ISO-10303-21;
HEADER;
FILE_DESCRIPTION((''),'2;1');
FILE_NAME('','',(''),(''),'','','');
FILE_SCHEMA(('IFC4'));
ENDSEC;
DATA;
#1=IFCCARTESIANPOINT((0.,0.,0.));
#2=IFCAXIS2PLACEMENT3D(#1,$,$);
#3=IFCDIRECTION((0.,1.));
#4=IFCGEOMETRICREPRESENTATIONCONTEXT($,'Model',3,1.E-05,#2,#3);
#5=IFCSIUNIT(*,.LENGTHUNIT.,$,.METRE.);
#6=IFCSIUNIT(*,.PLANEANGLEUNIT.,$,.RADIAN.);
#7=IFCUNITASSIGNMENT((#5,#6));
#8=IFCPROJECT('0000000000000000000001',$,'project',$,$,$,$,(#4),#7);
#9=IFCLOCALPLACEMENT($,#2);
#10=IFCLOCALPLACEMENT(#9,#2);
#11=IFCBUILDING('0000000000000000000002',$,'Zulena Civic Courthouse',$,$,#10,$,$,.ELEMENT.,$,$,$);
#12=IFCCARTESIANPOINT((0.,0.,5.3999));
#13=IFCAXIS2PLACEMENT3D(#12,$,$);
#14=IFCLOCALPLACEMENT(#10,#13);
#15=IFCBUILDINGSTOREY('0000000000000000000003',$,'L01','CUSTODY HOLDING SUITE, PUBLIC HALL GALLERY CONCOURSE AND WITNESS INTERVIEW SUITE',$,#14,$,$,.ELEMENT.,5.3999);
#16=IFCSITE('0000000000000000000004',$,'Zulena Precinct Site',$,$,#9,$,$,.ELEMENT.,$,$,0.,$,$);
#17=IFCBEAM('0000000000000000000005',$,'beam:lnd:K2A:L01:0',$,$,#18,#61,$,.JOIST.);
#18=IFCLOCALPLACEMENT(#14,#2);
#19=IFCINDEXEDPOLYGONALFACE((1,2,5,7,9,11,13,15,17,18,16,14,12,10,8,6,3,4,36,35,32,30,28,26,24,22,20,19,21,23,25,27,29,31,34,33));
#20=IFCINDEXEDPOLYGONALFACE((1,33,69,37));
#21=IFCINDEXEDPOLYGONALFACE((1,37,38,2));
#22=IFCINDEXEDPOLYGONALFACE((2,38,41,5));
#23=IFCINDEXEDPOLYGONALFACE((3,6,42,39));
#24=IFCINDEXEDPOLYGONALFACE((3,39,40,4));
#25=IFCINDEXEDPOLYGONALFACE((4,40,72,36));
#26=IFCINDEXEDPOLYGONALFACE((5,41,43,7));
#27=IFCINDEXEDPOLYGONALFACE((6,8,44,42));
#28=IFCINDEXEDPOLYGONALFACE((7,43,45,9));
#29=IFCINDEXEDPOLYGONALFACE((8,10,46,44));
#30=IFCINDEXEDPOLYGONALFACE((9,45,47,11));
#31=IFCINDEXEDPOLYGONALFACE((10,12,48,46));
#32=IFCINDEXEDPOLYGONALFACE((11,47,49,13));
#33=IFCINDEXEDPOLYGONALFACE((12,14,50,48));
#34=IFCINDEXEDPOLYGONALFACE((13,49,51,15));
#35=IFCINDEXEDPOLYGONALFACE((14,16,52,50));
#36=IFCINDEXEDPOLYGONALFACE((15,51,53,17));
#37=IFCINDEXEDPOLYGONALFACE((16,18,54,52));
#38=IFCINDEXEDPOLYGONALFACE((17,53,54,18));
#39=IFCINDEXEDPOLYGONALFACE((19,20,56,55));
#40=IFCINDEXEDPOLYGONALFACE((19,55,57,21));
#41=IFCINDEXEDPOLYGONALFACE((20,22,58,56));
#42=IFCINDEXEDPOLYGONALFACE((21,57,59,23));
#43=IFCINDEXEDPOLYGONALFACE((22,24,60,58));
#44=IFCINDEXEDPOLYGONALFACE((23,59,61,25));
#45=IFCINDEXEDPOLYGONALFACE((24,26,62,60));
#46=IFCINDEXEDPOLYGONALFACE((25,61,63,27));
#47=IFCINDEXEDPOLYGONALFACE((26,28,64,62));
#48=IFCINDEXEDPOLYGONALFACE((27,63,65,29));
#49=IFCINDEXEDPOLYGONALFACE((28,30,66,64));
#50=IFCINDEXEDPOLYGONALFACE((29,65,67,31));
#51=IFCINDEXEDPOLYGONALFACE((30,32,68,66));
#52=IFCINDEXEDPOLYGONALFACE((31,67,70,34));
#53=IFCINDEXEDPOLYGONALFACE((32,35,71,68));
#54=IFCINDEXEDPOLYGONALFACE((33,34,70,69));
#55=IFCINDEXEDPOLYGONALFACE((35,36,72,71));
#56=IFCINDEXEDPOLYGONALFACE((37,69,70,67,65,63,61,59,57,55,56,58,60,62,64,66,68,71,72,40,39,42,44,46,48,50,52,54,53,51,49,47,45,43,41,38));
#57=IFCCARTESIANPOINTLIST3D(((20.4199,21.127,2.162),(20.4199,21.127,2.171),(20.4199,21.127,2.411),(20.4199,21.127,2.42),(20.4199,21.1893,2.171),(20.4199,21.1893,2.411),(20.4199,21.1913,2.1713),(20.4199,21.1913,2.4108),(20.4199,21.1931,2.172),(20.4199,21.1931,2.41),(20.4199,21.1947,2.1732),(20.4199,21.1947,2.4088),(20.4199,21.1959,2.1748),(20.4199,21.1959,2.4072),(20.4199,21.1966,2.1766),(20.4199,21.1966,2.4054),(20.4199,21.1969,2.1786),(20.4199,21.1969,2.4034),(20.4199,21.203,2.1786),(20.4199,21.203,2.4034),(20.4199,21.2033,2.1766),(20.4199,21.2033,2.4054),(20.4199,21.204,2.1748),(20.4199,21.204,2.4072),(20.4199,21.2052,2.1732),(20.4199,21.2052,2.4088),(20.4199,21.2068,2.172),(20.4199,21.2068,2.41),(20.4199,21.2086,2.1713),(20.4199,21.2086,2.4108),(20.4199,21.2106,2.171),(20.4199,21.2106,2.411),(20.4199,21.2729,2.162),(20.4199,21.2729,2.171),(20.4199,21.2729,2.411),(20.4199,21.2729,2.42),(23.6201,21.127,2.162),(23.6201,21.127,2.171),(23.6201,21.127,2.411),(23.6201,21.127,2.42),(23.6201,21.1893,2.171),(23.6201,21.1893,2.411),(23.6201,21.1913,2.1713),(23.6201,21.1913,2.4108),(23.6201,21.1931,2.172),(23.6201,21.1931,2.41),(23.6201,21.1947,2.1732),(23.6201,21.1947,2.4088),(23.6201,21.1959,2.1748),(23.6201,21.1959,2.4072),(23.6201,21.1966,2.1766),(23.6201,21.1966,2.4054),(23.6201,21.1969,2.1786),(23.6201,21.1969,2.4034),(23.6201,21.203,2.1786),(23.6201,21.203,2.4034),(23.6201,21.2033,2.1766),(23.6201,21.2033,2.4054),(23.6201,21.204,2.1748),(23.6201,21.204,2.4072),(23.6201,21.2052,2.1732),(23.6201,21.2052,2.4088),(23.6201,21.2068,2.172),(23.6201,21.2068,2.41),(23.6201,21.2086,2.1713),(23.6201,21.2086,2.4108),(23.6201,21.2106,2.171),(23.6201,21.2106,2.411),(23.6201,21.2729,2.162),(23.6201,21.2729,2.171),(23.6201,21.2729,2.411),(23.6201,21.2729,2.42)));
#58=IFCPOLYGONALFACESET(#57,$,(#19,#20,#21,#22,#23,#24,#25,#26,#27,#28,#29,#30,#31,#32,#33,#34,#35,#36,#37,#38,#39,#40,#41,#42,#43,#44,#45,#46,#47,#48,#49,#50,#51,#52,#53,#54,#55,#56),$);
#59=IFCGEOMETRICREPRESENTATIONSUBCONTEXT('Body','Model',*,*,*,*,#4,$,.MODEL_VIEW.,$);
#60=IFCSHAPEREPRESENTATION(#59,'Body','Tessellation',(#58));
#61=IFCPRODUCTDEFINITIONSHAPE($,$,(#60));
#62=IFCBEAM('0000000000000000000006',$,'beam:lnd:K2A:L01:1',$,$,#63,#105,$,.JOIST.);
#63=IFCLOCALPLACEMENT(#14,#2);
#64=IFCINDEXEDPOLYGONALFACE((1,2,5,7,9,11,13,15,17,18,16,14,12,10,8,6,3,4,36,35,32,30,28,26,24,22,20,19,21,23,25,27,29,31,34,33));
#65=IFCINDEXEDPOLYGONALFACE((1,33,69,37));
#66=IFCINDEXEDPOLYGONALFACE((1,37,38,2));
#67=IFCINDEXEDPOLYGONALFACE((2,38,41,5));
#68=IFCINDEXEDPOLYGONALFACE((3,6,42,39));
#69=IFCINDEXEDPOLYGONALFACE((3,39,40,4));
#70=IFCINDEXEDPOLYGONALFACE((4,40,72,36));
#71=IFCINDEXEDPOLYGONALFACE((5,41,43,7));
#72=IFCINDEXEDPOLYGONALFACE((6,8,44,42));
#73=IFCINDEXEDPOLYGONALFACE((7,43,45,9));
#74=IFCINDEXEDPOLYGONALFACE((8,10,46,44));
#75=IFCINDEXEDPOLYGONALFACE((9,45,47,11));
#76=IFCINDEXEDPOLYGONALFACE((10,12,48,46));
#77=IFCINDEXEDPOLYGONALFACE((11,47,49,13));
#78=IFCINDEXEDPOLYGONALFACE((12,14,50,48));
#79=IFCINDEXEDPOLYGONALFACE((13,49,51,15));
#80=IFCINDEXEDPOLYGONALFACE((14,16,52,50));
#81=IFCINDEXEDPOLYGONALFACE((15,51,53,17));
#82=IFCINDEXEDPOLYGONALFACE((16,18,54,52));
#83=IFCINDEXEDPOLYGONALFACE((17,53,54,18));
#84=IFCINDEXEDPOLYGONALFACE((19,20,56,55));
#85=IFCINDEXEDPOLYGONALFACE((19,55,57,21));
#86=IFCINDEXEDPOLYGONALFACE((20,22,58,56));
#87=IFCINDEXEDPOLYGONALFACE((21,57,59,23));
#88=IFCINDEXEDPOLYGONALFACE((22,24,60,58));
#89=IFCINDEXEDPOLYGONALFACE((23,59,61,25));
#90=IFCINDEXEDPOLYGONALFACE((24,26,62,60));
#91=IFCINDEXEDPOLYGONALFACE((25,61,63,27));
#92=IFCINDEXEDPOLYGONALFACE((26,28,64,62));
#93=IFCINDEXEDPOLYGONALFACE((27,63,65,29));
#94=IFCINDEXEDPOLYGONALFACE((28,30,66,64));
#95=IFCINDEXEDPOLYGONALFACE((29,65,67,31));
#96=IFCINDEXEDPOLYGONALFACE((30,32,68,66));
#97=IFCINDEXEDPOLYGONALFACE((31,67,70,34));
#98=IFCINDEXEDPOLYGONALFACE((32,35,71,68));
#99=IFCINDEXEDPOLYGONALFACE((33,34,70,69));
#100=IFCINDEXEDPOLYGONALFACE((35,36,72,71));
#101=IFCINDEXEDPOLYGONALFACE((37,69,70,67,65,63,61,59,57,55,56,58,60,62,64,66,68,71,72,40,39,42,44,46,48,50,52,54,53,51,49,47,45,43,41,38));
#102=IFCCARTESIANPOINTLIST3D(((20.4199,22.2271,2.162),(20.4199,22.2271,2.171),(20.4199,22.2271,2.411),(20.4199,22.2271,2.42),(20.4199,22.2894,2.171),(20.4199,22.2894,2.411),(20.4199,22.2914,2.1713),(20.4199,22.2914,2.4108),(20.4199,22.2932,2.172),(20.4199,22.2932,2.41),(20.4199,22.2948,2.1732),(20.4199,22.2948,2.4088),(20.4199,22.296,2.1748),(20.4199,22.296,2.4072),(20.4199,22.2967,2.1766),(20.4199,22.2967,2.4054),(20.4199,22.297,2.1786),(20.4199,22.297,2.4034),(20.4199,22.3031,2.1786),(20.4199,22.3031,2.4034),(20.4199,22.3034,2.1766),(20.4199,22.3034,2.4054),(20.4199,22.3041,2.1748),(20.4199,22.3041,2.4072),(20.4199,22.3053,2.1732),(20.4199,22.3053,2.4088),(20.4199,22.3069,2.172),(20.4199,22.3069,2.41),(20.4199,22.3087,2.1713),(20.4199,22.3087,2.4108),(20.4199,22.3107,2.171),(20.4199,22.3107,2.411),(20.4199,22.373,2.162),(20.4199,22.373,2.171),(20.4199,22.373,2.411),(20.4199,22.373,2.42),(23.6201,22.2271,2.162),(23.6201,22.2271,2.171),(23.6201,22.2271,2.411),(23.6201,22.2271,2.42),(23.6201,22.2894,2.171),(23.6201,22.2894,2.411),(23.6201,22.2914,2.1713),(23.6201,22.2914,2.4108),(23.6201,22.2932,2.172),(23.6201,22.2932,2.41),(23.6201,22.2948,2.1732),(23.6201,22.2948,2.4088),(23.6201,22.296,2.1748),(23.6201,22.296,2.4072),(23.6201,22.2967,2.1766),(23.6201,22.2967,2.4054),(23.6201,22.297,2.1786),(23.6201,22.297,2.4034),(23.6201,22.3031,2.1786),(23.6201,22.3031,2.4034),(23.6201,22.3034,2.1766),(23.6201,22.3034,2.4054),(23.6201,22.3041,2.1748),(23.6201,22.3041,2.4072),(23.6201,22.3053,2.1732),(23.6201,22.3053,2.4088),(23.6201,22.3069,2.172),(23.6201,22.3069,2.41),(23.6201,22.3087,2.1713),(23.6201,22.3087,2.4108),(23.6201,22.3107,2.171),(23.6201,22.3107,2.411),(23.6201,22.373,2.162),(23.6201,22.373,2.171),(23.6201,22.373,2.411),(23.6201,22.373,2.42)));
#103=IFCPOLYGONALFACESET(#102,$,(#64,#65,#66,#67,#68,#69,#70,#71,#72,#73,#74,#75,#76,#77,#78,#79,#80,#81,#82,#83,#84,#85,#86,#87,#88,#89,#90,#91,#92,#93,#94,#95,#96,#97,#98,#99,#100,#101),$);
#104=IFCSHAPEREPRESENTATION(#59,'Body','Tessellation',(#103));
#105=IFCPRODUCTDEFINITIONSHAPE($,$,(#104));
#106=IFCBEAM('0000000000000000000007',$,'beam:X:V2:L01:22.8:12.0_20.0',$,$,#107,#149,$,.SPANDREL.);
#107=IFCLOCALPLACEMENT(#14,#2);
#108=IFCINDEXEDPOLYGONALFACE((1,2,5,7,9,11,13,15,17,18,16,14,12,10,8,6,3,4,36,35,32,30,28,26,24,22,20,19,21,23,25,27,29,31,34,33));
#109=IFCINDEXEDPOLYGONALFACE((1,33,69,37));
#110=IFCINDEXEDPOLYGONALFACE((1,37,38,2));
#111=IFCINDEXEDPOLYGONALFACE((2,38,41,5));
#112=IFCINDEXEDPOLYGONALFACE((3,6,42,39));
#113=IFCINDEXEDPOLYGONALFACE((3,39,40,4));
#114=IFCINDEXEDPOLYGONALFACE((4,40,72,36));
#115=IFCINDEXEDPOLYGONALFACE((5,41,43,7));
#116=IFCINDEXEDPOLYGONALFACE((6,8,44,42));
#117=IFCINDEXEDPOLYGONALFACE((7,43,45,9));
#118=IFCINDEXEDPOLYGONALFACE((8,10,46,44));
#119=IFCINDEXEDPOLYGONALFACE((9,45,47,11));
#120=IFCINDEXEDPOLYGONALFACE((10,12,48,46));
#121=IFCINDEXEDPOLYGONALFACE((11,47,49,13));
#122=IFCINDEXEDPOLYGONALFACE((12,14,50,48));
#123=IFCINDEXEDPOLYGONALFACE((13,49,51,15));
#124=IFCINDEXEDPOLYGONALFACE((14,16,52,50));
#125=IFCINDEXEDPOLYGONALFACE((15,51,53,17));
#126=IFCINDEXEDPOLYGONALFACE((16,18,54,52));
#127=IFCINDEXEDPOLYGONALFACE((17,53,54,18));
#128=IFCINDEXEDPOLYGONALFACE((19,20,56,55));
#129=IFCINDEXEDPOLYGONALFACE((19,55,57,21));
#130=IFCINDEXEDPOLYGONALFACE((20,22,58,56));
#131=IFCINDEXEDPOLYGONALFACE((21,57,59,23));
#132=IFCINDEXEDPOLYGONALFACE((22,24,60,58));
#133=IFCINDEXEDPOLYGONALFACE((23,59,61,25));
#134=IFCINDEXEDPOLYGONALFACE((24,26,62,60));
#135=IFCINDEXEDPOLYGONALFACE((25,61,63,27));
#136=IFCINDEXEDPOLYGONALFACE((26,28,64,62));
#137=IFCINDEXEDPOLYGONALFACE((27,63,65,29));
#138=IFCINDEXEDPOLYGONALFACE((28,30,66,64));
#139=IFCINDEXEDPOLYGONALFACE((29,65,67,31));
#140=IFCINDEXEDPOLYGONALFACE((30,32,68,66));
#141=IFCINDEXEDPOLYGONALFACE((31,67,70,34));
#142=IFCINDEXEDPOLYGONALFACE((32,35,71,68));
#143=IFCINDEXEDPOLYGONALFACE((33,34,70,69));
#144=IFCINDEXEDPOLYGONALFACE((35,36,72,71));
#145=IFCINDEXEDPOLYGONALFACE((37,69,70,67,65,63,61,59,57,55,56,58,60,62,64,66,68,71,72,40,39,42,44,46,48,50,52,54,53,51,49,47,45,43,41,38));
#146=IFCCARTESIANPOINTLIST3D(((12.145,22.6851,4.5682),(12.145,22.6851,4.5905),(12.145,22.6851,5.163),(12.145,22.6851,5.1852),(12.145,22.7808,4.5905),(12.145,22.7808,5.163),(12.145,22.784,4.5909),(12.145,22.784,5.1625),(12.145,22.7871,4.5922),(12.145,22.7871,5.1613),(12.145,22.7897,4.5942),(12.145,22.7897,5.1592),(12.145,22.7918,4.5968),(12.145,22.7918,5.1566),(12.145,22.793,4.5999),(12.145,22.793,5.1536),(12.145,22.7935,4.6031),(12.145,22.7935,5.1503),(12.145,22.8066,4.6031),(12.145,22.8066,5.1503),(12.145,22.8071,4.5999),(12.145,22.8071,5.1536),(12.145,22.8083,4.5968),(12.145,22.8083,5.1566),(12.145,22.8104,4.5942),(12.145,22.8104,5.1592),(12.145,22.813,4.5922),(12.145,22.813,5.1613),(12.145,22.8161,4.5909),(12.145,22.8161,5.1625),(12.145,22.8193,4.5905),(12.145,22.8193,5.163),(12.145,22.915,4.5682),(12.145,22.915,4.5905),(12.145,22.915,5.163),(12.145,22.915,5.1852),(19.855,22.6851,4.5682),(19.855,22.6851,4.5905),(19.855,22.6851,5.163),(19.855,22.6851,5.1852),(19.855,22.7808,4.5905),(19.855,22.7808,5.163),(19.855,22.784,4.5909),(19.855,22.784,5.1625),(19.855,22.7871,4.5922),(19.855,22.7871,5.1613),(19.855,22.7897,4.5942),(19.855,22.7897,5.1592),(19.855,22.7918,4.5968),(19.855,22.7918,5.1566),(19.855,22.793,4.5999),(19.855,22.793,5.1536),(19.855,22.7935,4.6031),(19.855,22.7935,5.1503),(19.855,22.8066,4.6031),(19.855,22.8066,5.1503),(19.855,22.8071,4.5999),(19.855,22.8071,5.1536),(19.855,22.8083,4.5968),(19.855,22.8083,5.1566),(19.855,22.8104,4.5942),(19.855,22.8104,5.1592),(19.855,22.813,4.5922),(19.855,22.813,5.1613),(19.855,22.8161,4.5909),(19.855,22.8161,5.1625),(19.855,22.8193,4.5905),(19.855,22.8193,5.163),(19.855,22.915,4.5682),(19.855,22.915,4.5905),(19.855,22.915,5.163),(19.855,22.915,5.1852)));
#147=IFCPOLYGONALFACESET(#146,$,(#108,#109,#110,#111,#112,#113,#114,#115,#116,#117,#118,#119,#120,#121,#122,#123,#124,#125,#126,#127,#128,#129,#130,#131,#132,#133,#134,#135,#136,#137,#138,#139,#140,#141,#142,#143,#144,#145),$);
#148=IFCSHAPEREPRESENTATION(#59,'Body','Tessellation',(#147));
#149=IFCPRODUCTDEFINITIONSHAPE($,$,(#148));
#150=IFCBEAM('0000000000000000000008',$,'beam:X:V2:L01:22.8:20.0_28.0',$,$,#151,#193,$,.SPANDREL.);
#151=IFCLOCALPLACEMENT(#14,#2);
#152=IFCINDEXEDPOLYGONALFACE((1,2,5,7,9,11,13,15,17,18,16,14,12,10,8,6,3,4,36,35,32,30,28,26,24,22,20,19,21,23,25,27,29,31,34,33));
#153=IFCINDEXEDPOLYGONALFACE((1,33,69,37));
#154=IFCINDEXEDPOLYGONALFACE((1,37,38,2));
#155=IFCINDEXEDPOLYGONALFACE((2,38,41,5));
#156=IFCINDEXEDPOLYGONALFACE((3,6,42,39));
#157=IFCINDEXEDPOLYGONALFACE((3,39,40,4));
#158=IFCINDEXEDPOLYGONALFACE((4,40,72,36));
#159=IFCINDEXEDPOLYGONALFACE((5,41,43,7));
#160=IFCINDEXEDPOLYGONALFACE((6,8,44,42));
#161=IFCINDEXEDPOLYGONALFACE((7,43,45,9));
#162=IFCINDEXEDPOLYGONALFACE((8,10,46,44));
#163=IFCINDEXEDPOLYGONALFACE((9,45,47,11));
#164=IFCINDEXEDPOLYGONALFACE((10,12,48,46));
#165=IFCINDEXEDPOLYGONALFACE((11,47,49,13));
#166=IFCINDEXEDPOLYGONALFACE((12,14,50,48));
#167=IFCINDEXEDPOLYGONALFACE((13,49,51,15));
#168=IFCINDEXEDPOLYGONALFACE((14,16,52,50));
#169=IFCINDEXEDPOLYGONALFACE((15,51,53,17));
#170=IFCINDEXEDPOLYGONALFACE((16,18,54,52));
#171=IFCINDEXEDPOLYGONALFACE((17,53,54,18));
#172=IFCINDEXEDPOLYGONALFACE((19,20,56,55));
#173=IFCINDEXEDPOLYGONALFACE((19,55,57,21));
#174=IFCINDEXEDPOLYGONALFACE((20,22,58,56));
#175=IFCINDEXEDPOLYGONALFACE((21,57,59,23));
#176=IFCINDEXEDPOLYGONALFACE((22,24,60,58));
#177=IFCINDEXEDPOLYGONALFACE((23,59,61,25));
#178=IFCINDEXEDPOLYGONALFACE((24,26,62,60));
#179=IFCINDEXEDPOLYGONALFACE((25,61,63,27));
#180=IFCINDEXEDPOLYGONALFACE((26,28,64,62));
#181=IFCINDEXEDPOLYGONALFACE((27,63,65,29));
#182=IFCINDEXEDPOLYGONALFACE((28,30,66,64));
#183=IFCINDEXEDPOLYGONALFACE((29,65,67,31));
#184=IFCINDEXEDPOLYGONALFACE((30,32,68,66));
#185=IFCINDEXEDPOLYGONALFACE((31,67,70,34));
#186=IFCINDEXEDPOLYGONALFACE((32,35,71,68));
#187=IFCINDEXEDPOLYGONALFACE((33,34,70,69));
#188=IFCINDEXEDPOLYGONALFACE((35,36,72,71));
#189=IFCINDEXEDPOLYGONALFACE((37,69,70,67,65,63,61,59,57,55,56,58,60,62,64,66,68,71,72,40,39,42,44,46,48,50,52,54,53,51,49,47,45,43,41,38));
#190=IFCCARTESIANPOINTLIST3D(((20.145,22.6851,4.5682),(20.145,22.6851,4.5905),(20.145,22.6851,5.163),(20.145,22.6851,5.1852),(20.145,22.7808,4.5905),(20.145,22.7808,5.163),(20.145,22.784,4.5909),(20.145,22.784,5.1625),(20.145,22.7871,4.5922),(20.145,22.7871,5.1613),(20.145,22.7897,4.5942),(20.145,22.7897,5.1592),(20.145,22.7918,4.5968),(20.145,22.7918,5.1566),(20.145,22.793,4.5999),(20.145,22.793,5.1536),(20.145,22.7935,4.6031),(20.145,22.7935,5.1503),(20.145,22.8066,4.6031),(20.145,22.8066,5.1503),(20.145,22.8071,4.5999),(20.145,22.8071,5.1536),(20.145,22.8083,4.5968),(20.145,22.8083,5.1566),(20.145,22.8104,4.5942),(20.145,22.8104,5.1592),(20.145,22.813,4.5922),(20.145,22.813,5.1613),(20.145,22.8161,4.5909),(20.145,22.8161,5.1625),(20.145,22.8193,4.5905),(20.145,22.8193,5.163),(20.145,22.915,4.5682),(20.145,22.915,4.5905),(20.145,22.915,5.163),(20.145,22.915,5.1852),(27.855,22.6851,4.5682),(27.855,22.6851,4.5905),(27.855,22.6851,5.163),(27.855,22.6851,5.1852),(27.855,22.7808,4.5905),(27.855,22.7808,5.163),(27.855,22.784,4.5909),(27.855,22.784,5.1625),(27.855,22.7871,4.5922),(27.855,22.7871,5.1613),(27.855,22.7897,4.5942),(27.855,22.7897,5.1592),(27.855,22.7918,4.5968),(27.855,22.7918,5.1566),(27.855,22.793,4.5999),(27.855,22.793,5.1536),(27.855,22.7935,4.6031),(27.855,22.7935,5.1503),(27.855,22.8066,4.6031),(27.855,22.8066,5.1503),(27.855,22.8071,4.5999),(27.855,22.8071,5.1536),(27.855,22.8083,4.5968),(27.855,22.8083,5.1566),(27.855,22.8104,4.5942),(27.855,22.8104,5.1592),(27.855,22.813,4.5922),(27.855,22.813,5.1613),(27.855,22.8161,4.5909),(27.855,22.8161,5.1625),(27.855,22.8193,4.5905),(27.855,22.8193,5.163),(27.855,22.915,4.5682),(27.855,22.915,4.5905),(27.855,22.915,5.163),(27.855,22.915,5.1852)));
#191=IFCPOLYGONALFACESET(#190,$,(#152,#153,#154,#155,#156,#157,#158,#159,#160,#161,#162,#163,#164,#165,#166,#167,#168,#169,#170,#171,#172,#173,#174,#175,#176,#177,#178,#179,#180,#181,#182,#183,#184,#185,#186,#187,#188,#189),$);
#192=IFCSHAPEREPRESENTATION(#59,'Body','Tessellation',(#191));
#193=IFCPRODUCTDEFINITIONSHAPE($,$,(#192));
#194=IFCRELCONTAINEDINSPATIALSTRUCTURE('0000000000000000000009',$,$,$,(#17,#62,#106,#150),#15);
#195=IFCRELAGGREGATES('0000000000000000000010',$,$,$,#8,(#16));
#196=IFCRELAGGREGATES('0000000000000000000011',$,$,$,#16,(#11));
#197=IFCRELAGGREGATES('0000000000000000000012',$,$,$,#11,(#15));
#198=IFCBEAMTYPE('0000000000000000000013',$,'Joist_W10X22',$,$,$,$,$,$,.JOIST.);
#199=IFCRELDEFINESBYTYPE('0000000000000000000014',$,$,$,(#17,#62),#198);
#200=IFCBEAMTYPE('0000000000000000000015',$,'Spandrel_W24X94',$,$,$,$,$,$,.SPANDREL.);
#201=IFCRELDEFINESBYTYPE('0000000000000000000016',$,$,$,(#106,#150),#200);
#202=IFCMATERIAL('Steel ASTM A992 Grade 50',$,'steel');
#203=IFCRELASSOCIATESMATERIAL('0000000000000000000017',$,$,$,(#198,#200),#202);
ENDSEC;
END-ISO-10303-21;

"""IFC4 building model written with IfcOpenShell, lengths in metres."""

from ifc_helpers import new_model, si_unit, direction, frame, origin, origin_2d, place, context, subcontext, project, spatial, i_section, extrude, material, material_profile, profile_set, type_object, element, save


model = new_model("IFC4")

# Units and contexts
model_context = context("Model", 3, precision=1e-05, world=origin(), true_north=direction((0.0, 1.0)))
body_context = subcontext(model_context, "Body", "Model", "MODEL_VIEW")
ifc_project = project(units=[si_unit("LENGTHUNIT", "METRE"), si_unit("PLANEANGLEUNIT", "RADIAN")], contexts=[model_context])

# Site, building, storey
site_placement = place(None, origin())
site = spatial("IfcSite", under=ifc_project, at=site_placement, Name="Zulena Precinct Site", CompositionType="ELEMENT", RefElevation=0.0)
building_placement = place(site_placement, origin())
building = spatial("IfcBuilding", under=site, at=building_placement, Name="Zulena Civic Courthouse", CompositionType="ELEMENT")
storey_placement = place(building_placement, frame((0.0, 0.0, 5.3999)))
storey = spatial("IfcBuildingStorey", under=building, at=storey_placement, Name="L01", Description="CUSTODY HOLDING SUITE, PUBLIC HALL GALLERY CONCOURSE AND WITNESS INTERVIEW SUITE", CompositionType="ELEMENT", Elevation=5.3999)

# Shared definitions
ifc_material_1 = material(Name="Steel ASTM A992 Grade 50", Category="steel")

# Beams
ifc_material_profile_1 = material_profile(ifc_material_1, i_section(OverallWidth=0.146, OverallDepth=0.2581, WebThickness=0.0061, FlangeThickness=0.009, FilletRadius=0.0076, at=origin_2d()), Name="W10X22")
ifc_profile_set_1 = profile_set([ifc_material_profile_1], Name="Steel ASTM A992 Grade 50")
beam_type_1 = type_object("IfcBeamType", Name="Joist_W10X22", PredefinedType="JOIST", material=ifc_profile_set_1)
for number, where, z_axis, x_axis, name in (
    (1, (20.4199, 21.2, 2.291), (1.0, 0.0, 0.0), (0.0, 1.0, 0.0), "beam:lnd:K2A:L01:0"),
    (2, (20.4199, 22.3, 2.291), (1.0, 0.0, 0.0), (0.0, 1.0, 0.0), "beam:lnd:K2A:L01:1"),
):
    element("IfcBeam", number, at=place(storey_placement, frame(where, z_axis=z_axis, x_axis=x_axis)), inside=storey, type_object=beam_type_1, Name=name, PredefinedType="JOIST", context=body_context, shape_type="SweptSolid", body=[
        extrude(i_section(OverallWidth=0.146, OverallDepth=0.2581, WebThickness=0.0061, FlangeThickness=0.009, FilletRadius=0.0076, at=origin_2d()), origin(), (0.0, 0.0, 1.0), 3.2002),
    ])
ifc_material_profile_2 = material_profile(ifc_material_1, i_section(OverallWidth=0.23, OverallDepth=0.6169, WebThickness=0.0132, FlangeThickness=0.0222, FilletRadius=0.0127, at=origin_2d()), Name="W24X94")
ifc_profile_set_2 = profile_set([ifc_material_profile_2], Name="Steel ASTM A992 Grade 50")
beam_type_2 = type_object("IfcBeamType", Name="Spandrel_W24X94", PredefinedType="SPANDREL", material=ifc_profile_set_2)
for number, where, z_axis, x_axis, name in (
    (3, (12.145, 22.8, 4.8767), (1.0, 0.0, 0.0), (0.0, 1.0, 0.0), "beam:X:V2:L01:22.8:12.0_20.0"),
    (4, (20.145, 22.8, 4.8767), (1.0, 0.0, 0.0), (0.0, 1.0, 0.0), "beam:X:V2:L01:22.8:20.0_28.0"),
):
    element("IfcBeam", number, at=place(storey_placement, frame(where, z_axis=z_axis, x_axis=x_axis)), inside=storey, type_object=beam_type_2, Name=name, PredefinedType="SPANDREL", context=body_context, shape_type="SweptSolid", body=[
        extrude(i_section(OverallWidth=0.23, OverallDepth=0.6169, WebThickness=0.0132, FlangeThickness=0.0222, FilletRadius=0.0127, at=origin_2d()), origin(), (0.0, 0.0, 1.0), 7.71),
    ])

save(model, "model.ifc")
